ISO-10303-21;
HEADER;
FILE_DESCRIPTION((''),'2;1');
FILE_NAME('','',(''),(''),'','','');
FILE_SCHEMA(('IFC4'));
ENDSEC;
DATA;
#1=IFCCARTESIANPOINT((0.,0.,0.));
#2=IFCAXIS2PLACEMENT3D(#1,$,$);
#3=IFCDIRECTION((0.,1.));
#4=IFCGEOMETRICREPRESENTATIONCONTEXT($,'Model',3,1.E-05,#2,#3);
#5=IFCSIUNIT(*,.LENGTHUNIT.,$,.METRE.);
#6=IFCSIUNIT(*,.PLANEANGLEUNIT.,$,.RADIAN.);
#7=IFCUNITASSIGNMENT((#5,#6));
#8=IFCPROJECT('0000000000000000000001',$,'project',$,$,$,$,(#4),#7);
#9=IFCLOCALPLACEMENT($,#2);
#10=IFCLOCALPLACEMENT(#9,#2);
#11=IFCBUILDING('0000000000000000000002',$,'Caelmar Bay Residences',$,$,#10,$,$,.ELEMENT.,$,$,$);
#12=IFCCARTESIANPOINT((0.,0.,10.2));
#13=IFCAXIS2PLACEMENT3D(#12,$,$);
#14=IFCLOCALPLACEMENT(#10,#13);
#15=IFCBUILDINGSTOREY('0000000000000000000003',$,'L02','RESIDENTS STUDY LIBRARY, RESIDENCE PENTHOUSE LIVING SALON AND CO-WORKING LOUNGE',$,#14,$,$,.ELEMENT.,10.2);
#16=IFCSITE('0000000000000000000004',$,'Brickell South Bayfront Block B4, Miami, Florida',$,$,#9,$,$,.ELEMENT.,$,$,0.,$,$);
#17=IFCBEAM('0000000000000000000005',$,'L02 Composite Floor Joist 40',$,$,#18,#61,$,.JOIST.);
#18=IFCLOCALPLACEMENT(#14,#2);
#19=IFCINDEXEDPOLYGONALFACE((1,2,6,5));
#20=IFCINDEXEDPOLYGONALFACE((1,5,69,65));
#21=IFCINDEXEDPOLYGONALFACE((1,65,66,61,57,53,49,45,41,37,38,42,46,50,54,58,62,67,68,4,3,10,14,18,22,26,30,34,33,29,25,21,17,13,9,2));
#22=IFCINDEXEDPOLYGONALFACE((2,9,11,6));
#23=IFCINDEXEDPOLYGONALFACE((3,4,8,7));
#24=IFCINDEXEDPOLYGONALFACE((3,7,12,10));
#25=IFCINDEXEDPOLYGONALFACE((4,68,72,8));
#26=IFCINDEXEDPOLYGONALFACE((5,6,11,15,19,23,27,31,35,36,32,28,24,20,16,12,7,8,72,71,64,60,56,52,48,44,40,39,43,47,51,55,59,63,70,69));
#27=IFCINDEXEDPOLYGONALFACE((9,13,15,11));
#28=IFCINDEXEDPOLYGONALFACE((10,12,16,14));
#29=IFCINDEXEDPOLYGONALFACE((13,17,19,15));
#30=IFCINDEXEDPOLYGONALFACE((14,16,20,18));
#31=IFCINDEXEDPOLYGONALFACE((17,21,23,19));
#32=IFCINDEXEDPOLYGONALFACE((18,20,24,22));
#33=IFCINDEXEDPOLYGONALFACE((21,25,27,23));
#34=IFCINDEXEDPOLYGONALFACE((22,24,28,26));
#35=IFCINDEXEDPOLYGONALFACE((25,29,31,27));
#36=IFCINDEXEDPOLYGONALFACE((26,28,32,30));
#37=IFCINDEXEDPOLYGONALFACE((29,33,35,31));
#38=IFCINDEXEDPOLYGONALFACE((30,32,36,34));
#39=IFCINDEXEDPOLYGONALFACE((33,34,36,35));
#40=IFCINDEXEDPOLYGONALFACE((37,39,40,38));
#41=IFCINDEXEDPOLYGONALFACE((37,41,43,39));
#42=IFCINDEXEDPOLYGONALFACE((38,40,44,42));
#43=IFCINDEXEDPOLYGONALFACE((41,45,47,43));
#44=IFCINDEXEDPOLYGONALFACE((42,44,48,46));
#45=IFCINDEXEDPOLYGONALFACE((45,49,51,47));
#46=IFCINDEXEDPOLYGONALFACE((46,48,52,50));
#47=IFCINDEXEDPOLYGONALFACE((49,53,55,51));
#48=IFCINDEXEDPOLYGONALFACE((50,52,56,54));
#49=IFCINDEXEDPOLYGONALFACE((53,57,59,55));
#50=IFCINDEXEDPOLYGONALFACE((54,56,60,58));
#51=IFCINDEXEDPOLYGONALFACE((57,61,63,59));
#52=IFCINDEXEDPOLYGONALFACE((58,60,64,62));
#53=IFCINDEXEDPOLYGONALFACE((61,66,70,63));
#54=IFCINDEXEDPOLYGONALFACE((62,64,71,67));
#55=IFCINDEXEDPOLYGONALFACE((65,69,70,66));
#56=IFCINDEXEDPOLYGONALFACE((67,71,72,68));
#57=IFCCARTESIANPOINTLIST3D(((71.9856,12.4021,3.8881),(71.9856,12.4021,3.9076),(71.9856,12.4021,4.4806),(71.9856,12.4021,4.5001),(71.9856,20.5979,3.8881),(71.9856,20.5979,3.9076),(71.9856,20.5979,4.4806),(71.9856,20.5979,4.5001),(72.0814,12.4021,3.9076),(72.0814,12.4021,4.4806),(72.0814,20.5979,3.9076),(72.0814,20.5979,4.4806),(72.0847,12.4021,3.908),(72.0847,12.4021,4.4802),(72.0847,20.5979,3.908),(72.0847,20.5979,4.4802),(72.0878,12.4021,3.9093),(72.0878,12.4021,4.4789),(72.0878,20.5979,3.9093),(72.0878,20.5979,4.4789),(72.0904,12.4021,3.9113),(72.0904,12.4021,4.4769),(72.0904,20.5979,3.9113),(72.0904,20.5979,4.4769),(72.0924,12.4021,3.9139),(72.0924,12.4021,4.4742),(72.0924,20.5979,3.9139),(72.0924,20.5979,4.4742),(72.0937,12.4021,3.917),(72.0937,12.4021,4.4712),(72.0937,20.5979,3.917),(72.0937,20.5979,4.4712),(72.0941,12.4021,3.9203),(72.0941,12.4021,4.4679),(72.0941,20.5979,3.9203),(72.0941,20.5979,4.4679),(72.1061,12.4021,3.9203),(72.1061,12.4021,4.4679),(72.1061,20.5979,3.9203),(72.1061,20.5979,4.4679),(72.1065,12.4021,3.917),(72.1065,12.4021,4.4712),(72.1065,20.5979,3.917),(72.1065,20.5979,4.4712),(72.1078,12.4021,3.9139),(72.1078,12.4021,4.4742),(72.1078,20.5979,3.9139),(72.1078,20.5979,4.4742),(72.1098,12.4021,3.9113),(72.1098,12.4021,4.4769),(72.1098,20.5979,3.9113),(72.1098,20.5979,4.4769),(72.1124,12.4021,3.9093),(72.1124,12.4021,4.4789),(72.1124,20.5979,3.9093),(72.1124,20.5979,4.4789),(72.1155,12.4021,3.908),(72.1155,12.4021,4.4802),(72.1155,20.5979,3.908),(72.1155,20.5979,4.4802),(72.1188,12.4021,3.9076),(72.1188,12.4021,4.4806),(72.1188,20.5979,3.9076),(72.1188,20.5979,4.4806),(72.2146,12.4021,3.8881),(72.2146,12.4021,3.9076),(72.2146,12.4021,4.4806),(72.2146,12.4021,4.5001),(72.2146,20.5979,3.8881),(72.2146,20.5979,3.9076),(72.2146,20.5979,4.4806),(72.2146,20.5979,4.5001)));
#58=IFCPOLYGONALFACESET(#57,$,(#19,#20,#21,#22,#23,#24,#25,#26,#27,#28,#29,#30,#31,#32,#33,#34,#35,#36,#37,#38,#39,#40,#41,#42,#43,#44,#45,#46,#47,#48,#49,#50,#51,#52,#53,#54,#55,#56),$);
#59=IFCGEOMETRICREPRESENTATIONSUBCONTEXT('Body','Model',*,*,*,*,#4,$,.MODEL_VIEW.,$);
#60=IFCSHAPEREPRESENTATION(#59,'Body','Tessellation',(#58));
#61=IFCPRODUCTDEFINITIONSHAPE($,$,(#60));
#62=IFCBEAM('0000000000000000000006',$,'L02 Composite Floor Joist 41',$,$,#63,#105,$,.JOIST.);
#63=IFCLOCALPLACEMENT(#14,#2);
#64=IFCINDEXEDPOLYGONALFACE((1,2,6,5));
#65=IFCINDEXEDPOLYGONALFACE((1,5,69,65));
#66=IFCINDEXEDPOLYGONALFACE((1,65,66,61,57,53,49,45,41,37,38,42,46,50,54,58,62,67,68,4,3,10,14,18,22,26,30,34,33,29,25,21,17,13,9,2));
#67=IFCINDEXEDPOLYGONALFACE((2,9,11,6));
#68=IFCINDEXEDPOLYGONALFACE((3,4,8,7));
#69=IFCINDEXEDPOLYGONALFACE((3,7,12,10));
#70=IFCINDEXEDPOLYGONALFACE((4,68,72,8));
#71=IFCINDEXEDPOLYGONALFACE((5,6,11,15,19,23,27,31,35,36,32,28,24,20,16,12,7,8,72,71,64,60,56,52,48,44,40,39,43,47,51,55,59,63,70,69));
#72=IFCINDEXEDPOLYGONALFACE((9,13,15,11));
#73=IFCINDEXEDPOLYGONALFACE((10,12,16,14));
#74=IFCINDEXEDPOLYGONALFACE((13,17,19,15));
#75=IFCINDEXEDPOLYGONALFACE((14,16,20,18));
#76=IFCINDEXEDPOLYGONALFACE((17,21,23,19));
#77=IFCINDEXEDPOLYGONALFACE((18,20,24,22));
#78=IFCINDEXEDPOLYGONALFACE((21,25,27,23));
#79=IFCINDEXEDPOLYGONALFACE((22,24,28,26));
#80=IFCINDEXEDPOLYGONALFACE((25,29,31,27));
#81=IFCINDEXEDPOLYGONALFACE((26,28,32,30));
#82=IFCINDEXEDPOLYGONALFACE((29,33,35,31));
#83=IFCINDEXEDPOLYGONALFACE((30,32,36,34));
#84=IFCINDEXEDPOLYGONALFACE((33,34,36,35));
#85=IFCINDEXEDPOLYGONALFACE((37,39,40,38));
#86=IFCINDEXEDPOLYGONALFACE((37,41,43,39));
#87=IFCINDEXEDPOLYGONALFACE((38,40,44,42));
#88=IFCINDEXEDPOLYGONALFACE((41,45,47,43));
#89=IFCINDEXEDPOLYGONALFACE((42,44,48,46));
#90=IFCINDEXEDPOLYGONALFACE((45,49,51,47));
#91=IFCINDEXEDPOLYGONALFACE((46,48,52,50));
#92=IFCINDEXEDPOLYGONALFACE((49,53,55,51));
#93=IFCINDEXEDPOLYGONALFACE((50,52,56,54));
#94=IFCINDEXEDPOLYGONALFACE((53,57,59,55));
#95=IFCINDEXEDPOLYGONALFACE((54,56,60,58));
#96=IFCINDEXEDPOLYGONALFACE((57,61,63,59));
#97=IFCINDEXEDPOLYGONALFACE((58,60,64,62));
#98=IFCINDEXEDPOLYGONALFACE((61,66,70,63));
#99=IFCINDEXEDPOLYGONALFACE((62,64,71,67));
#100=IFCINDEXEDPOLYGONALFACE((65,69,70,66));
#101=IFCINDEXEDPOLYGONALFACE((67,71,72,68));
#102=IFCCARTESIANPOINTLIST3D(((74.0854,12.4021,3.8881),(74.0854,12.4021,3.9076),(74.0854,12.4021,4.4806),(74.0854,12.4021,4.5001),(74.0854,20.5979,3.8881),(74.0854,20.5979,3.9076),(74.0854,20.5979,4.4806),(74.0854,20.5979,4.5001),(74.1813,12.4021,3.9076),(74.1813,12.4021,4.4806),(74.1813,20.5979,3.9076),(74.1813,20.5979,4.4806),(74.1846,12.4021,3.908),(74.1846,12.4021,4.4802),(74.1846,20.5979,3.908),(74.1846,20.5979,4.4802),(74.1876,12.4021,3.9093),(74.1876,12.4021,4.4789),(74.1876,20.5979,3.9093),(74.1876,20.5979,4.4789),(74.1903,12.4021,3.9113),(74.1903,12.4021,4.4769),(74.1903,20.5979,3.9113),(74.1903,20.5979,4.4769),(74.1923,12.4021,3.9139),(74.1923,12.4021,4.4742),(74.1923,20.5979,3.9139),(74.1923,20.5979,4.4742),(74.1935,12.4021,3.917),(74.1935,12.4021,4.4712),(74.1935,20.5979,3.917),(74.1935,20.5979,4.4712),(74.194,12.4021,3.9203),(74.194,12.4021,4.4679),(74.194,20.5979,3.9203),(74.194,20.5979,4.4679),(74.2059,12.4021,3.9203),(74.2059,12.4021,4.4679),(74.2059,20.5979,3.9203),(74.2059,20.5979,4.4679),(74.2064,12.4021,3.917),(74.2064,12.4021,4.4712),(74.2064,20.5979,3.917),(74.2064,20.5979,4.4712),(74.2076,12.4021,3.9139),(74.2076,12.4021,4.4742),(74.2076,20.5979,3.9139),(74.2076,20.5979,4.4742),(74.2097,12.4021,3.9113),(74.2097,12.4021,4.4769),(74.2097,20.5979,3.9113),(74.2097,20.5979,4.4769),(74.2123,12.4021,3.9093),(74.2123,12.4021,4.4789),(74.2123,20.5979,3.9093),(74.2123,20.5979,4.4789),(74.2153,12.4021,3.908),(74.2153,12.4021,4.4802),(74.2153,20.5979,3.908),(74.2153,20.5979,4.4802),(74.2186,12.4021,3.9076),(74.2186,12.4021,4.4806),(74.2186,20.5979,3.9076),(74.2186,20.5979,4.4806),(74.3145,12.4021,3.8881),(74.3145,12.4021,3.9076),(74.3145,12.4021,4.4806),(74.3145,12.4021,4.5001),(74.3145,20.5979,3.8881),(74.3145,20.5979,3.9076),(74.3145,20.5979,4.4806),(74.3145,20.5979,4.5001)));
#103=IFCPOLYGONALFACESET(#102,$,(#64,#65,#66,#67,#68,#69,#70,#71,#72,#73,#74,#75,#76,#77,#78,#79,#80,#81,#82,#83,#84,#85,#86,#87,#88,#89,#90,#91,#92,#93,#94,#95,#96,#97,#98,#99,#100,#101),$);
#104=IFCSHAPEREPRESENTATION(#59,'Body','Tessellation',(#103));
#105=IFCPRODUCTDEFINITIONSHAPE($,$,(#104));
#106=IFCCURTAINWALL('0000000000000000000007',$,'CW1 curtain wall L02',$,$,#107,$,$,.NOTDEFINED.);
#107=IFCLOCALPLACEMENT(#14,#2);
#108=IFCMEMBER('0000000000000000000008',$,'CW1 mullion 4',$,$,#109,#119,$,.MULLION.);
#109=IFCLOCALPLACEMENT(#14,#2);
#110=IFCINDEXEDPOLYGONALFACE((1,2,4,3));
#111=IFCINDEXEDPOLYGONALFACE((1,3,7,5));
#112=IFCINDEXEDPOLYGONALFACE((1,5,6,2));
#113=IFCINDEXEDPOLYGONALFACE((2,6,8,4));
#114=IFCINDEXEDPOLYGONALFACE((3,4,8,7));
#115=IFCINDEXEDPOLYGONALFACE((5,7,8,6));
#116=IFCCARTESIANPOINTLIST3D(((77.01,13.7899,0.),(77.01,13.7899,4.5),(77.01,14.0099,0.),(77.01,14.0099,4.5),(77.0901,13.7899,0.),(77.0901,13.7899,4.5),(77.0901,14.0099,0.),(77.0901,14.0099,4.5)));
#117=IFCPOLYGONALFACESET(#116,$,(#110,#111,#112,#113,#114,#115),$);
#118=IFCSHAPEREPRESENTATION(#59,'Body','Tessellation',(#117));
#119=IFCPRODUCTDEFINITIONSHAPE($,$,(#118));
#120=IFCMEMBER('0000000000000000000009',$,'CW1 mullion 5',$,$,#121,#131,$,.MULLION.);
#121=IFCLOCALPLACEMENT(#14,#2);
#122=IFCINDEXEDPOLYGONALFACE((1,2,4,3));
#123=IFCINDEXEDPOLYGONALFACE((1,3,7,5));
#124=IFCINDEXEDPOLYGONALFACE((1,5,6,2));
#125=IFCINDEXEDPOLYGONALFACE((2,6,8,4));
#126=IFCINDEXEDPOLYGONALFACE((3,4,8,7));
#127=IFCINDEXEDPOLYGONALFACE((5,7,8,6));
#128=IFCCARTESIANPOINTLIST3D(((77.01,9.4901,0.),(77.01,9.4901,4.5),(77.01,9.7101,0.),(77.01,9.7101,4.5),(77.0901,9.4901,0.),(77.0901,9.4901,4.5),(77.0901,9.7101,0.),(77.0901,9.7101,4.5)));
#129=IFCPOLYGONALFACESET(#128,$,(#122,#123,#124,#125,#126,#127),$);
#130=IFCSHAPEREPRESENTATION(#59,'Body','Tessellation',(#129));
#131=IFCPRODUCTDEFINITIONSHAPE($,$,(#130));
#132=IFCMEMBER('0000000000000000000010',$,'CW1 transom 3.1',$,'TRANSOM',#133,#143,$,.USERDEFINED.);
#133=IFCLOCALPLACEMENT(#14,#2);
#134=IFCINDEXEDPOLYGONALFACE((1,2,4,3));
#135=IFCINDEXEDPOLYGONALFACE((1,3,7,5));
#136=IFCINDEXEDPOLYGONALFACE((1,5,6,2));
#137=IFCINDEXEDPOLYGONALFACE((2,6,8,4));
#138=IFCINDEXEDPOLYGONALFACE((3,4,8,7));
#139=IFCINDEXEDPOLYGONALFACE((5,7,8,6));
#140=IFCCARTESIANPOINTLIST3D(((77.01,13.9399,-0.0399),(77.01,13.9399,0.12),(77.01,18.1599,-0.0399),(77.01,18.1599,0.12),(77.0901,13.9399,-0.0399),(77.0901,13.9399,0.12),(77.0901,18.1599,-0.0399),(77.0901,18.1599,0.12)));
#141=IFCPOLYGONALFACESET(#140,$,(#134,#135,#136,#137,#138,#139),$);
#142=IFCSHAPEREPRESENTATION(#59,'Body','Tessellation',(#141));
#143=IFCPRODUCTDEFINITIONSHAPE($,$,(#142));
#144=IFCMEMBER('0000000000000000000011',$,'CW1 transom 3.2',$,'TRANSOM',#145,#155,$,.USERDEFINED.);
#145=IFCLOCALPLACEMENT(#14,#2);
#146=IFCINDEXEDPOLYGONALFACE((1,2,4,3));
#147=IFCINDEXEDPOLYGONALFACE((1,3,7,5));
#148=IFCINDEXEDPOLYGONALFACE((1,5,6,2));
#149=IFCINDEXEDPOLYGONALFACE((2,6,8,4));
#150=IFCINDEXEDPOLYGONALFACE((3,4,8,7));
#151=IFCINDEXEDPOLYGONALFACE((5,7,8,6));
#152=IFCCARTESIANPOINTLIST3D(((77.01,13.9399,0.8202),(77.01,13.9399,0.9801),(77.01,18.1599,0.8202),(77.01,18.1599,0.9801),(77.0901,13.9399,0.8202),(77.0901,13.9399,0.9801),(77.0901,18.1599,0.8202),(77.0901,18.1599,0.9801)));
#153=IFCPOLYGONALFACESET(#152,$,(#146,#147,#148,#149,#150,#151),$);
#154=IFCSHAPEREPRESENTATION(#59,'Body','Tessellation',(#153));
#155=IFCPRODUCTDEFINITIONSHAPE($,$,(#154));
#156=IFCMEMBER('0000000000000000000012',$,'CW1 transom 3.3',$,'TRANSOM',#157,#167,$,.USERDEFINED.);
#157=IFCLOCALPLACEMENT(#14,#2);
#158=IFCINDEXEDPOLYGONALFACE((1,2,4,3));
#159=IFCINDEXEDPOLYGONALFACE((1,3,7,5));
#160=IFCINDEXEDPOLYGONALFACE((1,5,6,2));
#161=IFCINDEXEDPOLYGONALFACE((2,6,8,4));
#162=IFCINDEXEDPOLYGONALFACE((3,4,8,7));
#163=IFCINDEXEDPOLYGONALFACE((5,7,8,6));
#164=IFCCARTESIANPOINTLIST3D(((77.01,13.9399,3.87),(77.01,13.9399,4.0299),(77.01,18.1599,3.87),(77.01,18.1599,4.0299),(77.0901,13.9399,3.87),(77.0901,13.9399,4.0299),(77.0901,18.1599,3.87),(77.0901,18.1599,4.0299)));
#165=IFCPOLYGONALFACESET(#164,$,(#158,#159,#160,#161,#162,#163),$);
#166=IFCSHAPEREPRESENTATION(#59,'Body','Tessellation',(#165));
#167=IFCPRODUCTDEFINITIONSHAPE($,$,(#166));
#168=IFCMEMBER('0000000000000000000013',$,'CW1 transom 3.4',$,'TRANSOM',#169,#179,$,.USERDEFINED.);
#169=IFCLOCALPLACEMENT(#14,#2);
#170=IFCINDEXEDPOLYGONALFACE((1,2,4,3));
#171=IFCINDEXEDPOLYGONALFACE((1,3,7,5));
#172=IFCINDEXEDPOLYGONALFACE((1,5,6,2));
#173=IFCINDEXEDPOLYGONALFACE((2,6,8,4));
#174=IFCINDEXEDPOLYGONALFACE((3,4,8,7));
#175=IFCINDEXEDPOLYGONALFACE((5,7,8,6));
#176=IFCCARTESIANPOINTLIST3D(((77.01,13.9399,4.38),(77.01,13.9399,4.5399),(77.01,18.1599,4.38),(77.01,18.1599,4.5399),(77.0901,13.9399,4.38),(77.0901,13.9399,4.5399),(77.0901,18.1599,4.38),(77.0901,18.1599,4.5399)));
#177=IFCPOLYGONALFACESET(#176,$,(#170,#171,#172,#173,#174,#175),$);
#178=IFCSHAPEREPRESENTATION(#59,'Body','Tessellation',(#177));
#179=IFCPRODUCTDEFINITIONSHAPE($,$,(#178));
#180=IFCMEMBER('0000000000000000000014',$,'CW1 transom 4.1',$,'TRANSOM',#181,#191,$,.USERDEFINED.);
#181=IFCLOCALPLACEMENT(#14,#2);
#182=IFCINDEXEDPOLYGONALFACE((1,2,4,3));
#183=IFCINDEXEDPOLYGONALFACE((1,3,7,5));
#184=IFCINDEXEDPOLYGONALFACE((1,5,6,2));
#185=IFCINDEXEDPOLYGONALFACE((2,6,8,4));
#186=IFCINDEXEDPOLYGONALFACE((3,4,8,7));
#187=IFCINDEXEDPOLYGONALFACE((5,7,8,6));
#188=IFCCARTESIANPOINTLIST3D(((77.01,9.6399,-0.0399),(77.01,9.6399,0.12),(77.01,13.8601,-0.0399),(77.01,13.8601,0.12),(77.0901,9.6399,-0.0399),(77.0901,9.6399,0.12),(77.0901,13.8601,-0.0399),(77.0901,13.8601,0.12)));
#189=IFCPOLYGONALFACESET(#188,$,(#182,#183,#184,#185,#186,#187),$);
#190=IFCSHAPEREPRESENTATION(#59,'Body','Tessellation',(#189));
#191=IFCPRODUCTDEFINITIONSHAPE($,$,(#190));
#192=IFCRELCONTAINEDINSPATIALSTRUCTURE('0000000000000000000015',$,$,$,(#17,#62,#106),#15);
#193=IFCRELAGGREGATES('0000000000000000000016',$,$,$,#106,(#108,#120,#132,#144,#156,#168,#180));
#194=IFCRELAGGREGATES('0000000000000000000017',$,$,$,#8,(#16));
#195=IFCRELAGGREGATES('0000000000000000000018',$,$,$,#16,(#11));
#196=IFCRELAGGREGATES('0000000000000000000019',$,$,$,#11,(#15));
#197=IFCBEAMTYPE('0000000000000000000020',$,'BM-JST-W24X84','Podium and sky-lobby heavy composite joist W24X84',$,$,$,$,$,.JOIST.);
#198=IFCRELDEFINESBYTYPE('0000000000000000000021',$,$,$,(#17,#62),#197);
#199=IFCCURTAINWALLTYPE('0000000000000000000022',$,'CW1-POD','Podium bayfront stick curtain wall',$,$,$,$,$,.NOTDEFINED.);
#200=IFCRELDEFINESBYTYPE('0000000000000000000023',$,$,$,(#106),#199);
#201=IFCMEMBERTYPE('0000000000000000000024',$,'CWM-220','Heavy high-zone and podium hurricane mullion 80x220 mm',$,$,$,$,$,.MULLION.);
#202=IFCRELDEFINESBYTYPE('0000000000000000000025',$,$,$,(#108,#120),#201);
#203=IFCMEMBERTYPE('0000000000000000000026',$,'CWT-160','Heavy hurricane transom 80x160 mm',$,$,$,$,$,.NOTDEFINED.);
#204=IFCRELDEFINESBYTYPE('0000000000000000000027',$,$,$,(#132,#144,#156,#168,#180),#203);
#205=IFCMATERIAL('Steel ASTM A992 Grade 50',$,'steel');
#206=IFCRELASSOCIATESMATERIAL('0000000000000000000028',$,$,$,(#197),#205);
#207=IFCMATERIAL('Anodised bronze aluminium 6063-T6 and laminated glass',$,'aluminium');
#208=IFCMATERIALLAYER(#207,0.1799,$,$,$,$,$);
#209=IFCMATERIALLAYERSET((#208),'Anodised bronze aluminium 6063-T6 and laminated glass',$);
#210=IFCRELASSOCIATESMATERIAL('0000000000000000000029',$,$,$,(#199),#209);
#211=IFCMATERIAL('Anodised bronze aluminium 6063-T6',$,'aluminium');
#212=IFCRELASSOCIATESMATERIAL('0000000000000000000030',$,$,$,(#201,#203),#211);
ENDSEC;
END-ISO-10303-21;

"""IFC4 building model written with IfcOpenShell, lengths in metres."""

from ifc_helpers import new_model, si_unit, direction, frame, origin, origin_2d, place, context, subcontext, project, spatial, rectangle, i_section, extrude, material, layer, layer_set, material_profile, profile_set, type_object, element, aggregate, save


model = new_model("IFC4")

# Units and contexts
model_context = context("Model", 3, precision=1e-05, world=origin(), true_north=direction((0.0, 1.0)))
body_context = subcontext(model_context, "Body", "Model", "MODEL_VIEW")
ifc_project = project(units=[si_unit("LENGTHUNIT", "METRE"), si_unit("PLANEANGLEUNIT", "RADIAN")], contexts=[model_context])

# Site, building, storey
site_placement = place(None, origin())
site = spatial("IfcSite", under=ifc_project, at=site_placement, Name="Brickell South Bayfront Block B4, Miami, Florida", CompositionType="ELEMENT", RefElevation=0.0)
building_placement = place(site_placement, origin())
building = spatial("IfcBuilding", under=site, at=building_placement, Name="Caelmar Bay Residences", CompositionType="ELEMENT")
storey_placement = place(building_placement, frame((0.0, 0.0, 10.2)))
storey = spatial("IfcBuildingStorey", under=building, at=storey_placement, Name="L02", Description="RESIDENTS STUDY LIBRARY, RESIDENCE PENTHOUSE LIVING SALON AND CO-WORKING LOUNGE", CompositionType="ELEMENT", Elevation=10.2)

# Beams
ifc_material_1 = material(Name="Steel ASTM A992 Grade 50", Category="steel")
ifc_material_profile_1 = material_profile(ifc_material_1, i_section(OverallWidth=0.229, OverallDepth=0.6121, WebThickness=0.012, FlangeThickness=0.0195, FilletRadius=0.0127, at=origin_2d()), Name="W24X84")
ifc_profile_set_1 = profile_set([ifc_material_profile_1], Name="Steel ASTM A992 Grade 50")
beam_type_1 = type_object("IfcBeamType", Name="BM-JST-W24X84", Description="Podium and sky-lobby heavy composite joist W24X84", PredefinedType="JOIST", material=ifc_profile_set_1)
for number, where, z_axis, x_axis, name in (
    (1, (72.1001, 12.4021, 4.1941), (0.0, 1.0, 0.0), (-1.0, 0.0, 0.0), "L02 Composite Floor Joist 40"),
    (2, (74.2, 12.4021, 4.1941), (0.0, 1.0, 0.0), (-1.0, 0.0, 0.0), "L02 Composite Floor Joist 41"),
):
    element("IfcBeam", number, at=place(storey_placement, frame(where, z_axis=z_axis, x_axis=x_axis)), inside=storey, type_object=beam_type_1, Name=name, PredefinedType="JOIST", context=body_context, shape_type="SweptSolid", body=[
        extrude(i_section(OverallWidth=0.229, OverallDepth=0.6121, WebThickness=0.012, FlangeThickness=0.0195, FilletRadius=0.0127, at=origin_2d()), origin(), (0.0, 0.0, 1.0), 8.1958),
    ])

# Curtain wall, members
ifc_material_2 = material(Name="Anodised bronze aluminium 6063-T6 and laminated glass", Category="aluminium")
ifc_layer_1 = layer(ifc_material_2, 0.1799)
ifc_layer_set_1 = layer_set([ifc_layer_1], Name="Anodised bronze aluminium 6063-T6 and laminated glass")
curtain_wall_type = type_object("IfcCurtainWallType", Name="CW1-POD", Description="Podium bayfront stick curtain wall", PredefinedType="NOTDEFINED", material=ifc_layer_set_1)
curtain_wall_placement = place(storey_placement, origin())
curtain_wall = element("IfcCurtainWall", 3, at=curtain_wall_placement, inside=storey, type_object=curtain_wall_type, Name="CW1 curtain wall L02", PredefinedType="NOTDEFINED")
ifc_material_3 = material(Name="Anodised bronze aluminium 6063-T6", Category="aluminium")
ifc_material_profile_2 = material_profile(ifc_material_3, rectangle(XDim=0.0801, YDim=0.22, at=origin_2d()), Name="CWM-80X220")
ifc_profile_set_2 = profile_set([ifc_material_profile_2], Name="Anodised bronze aluminium 6063-T6")
member_type_1 = type_object("IfcMemberType", Name="CWM-220", Description="Heavy high-zone and podium hurricane mullion 80x220 mm", PredefinedType="MULLION", material=ifc_profile_set_2)
member_1_placement = place(storey_placement, frame((77.05, 13.8999, 0.0), z_axis=(0.0, 0.0, 1.0), x_axis=(1.0, 0.0, 0.0)))
member_1 = element("IfcMember", 4, at=member_1_placement, type_object=member_type_1, Name="CW1 mullion 4", PredefinedType="MULLION", context=body_context, shape_type="SweptSolid", body=[
    extrude(rectangle(XDim=0.0801, YDim=0.22, at=origin_2d()), origin(), (0.0, 0.0, 1.0), 4.5),
])
member_2_placement = place(storey_placement, frame((77.05, 9.6001, 0.0), z_axis=(0.0, 0.0, 1.0), x_axis=(1.0, 0.0, 0.0)))
member_2 = element("IfcMember", 5, at=member_2_placement, type_object=member_type_1, Name="CW1 mullion 5", PredefinedType="MULLION", context=body_context, shape_type="SweptSolid", body=[
    extrude(rectangle(XDim=0.0801, YDim=0.22, at=origin_2d()), origin(), (0.0, 0.0, 1.0), 4.5),
])
ifc_material_profile_3 = material_profile(ifc_material_3, rectangle(XDim=0.0801, YDim=0.1599, at=origin_2d()), Name="CWT-80X160")
ifc_profile_set_3 = profile_set([ifc_material_profile_3], Name="Anodised bronze aluminium 6063-T6")
member_type_2 = type_object("IfcMemberType", Name="CWT-160", Description="Heavy hurricane transom 80x160 mm", PredefinedType="NOTDEFINED", material=ifc_profile_set_3)
member_3_placement = place(storey_placement, frame((77.05, 18.1599, 0.04), z_axis=(0.0, -1.0, 0.0), x_axis=(1.0, 0.0, 0.0)))
member_3 = element("IfcMember", 6, at=member_3_placement, type_object=member_type_2, Name="CW1 transom 3.1", ObjectType="TRANSOM", PredefinedType="USERDEFINED", context=body_context, shape_type="SweptSolid", body=[
    extrude(rectangle(XDim=0.0801, YDim=0.1599, at=origin_2d()), origin(), (0.0, 0.0, 1.0), 4.22),
])
member_4_placement = place(storey_placement, frame((77.05, 18.1599, 0.9001), z_axis=(0.0, -1.0, 0.0), x_axis=(1.0, 0.0, 0.0)))
member_4 = element("IfcMember", 7, at=member_4_placement, type_object=member_type_2, Name="CW1 transom 3.2", ObjectType="TRANSOM", PredefinedType="USERDEFINED", context=body_context, shape_type="SweptSolid", body=[
    extrude(rectangle(XDim=0.0801, YDim=0.1599, at=origin_2d()), origin(), (0.0, 0.0, 1.0), 4.22),
])
member_5_placement = place(storey_placement, frame((77.05, 18.1599, 3.95), z_axis=(0.0, -1.0, 0.0), x_axis=(1.0, 0.0, 0.0)))
member_5 = element("IfcMember", 8, at=member_5_placement, type_object=member_type_2, Name="CW1 transom 3.3", ObjectType="TRANSOM", PredefinedType="USERDEFINED", context=body_context, shape_type="SweptSolid", body=[
    extrude(rectangle(XDim=0.0801, YDim=0.1599, at=origin_2d()), origin(), (0.0, 0.0, 1.0), 4.22),
])
member_6_placement = place(storey_placement, frame((77.05, 18.1599, 4.46), z_axis=(0.0, -1.0, 0.0), x_axis=(1.0, 0.0, 0.0)))
member_6 = element("IfcMember", 9, at=member_6_placement, type_object=member_type_2, Name="CW1 transom 3.4", ObjectType="TRANSOM", PredefinedType="USERDEFINED", context=body_context, shape_type="SweptSolid", body=[
    extrude(rectangle(XDim=0.0801, YDim=0.1599, at=origin_2d()), origin(), (0.0, 0.0, 1.0), 4.22),
])
member_7_placement = place(storey_placement, frame((77.05, 13.8601, 0.04), z_axis=(0.0, -1.0, 0.0), x_axis=(1.0, 0.0, 0.0)))
member_7 = element("IfcMember", 10, at=member_7_placement, type_object=member_type_2, Name="CW1 transom 4.1", ObjectType="TRANSOM", PredefinedType="USERDEFINED", context=body_context, shape_type="SweptSolid", body=[
    extrude(rectangle(XDim=0.0801, YDim=0.1599, at=origin_2d()), origin(), (0.0, 0.0, 1.0), 4.2202),
])
aggregate(curtain_wall, [member_1, member_2, member_3, member_4, member_5, member_6, member_7])

save(model, "model.ifc")
